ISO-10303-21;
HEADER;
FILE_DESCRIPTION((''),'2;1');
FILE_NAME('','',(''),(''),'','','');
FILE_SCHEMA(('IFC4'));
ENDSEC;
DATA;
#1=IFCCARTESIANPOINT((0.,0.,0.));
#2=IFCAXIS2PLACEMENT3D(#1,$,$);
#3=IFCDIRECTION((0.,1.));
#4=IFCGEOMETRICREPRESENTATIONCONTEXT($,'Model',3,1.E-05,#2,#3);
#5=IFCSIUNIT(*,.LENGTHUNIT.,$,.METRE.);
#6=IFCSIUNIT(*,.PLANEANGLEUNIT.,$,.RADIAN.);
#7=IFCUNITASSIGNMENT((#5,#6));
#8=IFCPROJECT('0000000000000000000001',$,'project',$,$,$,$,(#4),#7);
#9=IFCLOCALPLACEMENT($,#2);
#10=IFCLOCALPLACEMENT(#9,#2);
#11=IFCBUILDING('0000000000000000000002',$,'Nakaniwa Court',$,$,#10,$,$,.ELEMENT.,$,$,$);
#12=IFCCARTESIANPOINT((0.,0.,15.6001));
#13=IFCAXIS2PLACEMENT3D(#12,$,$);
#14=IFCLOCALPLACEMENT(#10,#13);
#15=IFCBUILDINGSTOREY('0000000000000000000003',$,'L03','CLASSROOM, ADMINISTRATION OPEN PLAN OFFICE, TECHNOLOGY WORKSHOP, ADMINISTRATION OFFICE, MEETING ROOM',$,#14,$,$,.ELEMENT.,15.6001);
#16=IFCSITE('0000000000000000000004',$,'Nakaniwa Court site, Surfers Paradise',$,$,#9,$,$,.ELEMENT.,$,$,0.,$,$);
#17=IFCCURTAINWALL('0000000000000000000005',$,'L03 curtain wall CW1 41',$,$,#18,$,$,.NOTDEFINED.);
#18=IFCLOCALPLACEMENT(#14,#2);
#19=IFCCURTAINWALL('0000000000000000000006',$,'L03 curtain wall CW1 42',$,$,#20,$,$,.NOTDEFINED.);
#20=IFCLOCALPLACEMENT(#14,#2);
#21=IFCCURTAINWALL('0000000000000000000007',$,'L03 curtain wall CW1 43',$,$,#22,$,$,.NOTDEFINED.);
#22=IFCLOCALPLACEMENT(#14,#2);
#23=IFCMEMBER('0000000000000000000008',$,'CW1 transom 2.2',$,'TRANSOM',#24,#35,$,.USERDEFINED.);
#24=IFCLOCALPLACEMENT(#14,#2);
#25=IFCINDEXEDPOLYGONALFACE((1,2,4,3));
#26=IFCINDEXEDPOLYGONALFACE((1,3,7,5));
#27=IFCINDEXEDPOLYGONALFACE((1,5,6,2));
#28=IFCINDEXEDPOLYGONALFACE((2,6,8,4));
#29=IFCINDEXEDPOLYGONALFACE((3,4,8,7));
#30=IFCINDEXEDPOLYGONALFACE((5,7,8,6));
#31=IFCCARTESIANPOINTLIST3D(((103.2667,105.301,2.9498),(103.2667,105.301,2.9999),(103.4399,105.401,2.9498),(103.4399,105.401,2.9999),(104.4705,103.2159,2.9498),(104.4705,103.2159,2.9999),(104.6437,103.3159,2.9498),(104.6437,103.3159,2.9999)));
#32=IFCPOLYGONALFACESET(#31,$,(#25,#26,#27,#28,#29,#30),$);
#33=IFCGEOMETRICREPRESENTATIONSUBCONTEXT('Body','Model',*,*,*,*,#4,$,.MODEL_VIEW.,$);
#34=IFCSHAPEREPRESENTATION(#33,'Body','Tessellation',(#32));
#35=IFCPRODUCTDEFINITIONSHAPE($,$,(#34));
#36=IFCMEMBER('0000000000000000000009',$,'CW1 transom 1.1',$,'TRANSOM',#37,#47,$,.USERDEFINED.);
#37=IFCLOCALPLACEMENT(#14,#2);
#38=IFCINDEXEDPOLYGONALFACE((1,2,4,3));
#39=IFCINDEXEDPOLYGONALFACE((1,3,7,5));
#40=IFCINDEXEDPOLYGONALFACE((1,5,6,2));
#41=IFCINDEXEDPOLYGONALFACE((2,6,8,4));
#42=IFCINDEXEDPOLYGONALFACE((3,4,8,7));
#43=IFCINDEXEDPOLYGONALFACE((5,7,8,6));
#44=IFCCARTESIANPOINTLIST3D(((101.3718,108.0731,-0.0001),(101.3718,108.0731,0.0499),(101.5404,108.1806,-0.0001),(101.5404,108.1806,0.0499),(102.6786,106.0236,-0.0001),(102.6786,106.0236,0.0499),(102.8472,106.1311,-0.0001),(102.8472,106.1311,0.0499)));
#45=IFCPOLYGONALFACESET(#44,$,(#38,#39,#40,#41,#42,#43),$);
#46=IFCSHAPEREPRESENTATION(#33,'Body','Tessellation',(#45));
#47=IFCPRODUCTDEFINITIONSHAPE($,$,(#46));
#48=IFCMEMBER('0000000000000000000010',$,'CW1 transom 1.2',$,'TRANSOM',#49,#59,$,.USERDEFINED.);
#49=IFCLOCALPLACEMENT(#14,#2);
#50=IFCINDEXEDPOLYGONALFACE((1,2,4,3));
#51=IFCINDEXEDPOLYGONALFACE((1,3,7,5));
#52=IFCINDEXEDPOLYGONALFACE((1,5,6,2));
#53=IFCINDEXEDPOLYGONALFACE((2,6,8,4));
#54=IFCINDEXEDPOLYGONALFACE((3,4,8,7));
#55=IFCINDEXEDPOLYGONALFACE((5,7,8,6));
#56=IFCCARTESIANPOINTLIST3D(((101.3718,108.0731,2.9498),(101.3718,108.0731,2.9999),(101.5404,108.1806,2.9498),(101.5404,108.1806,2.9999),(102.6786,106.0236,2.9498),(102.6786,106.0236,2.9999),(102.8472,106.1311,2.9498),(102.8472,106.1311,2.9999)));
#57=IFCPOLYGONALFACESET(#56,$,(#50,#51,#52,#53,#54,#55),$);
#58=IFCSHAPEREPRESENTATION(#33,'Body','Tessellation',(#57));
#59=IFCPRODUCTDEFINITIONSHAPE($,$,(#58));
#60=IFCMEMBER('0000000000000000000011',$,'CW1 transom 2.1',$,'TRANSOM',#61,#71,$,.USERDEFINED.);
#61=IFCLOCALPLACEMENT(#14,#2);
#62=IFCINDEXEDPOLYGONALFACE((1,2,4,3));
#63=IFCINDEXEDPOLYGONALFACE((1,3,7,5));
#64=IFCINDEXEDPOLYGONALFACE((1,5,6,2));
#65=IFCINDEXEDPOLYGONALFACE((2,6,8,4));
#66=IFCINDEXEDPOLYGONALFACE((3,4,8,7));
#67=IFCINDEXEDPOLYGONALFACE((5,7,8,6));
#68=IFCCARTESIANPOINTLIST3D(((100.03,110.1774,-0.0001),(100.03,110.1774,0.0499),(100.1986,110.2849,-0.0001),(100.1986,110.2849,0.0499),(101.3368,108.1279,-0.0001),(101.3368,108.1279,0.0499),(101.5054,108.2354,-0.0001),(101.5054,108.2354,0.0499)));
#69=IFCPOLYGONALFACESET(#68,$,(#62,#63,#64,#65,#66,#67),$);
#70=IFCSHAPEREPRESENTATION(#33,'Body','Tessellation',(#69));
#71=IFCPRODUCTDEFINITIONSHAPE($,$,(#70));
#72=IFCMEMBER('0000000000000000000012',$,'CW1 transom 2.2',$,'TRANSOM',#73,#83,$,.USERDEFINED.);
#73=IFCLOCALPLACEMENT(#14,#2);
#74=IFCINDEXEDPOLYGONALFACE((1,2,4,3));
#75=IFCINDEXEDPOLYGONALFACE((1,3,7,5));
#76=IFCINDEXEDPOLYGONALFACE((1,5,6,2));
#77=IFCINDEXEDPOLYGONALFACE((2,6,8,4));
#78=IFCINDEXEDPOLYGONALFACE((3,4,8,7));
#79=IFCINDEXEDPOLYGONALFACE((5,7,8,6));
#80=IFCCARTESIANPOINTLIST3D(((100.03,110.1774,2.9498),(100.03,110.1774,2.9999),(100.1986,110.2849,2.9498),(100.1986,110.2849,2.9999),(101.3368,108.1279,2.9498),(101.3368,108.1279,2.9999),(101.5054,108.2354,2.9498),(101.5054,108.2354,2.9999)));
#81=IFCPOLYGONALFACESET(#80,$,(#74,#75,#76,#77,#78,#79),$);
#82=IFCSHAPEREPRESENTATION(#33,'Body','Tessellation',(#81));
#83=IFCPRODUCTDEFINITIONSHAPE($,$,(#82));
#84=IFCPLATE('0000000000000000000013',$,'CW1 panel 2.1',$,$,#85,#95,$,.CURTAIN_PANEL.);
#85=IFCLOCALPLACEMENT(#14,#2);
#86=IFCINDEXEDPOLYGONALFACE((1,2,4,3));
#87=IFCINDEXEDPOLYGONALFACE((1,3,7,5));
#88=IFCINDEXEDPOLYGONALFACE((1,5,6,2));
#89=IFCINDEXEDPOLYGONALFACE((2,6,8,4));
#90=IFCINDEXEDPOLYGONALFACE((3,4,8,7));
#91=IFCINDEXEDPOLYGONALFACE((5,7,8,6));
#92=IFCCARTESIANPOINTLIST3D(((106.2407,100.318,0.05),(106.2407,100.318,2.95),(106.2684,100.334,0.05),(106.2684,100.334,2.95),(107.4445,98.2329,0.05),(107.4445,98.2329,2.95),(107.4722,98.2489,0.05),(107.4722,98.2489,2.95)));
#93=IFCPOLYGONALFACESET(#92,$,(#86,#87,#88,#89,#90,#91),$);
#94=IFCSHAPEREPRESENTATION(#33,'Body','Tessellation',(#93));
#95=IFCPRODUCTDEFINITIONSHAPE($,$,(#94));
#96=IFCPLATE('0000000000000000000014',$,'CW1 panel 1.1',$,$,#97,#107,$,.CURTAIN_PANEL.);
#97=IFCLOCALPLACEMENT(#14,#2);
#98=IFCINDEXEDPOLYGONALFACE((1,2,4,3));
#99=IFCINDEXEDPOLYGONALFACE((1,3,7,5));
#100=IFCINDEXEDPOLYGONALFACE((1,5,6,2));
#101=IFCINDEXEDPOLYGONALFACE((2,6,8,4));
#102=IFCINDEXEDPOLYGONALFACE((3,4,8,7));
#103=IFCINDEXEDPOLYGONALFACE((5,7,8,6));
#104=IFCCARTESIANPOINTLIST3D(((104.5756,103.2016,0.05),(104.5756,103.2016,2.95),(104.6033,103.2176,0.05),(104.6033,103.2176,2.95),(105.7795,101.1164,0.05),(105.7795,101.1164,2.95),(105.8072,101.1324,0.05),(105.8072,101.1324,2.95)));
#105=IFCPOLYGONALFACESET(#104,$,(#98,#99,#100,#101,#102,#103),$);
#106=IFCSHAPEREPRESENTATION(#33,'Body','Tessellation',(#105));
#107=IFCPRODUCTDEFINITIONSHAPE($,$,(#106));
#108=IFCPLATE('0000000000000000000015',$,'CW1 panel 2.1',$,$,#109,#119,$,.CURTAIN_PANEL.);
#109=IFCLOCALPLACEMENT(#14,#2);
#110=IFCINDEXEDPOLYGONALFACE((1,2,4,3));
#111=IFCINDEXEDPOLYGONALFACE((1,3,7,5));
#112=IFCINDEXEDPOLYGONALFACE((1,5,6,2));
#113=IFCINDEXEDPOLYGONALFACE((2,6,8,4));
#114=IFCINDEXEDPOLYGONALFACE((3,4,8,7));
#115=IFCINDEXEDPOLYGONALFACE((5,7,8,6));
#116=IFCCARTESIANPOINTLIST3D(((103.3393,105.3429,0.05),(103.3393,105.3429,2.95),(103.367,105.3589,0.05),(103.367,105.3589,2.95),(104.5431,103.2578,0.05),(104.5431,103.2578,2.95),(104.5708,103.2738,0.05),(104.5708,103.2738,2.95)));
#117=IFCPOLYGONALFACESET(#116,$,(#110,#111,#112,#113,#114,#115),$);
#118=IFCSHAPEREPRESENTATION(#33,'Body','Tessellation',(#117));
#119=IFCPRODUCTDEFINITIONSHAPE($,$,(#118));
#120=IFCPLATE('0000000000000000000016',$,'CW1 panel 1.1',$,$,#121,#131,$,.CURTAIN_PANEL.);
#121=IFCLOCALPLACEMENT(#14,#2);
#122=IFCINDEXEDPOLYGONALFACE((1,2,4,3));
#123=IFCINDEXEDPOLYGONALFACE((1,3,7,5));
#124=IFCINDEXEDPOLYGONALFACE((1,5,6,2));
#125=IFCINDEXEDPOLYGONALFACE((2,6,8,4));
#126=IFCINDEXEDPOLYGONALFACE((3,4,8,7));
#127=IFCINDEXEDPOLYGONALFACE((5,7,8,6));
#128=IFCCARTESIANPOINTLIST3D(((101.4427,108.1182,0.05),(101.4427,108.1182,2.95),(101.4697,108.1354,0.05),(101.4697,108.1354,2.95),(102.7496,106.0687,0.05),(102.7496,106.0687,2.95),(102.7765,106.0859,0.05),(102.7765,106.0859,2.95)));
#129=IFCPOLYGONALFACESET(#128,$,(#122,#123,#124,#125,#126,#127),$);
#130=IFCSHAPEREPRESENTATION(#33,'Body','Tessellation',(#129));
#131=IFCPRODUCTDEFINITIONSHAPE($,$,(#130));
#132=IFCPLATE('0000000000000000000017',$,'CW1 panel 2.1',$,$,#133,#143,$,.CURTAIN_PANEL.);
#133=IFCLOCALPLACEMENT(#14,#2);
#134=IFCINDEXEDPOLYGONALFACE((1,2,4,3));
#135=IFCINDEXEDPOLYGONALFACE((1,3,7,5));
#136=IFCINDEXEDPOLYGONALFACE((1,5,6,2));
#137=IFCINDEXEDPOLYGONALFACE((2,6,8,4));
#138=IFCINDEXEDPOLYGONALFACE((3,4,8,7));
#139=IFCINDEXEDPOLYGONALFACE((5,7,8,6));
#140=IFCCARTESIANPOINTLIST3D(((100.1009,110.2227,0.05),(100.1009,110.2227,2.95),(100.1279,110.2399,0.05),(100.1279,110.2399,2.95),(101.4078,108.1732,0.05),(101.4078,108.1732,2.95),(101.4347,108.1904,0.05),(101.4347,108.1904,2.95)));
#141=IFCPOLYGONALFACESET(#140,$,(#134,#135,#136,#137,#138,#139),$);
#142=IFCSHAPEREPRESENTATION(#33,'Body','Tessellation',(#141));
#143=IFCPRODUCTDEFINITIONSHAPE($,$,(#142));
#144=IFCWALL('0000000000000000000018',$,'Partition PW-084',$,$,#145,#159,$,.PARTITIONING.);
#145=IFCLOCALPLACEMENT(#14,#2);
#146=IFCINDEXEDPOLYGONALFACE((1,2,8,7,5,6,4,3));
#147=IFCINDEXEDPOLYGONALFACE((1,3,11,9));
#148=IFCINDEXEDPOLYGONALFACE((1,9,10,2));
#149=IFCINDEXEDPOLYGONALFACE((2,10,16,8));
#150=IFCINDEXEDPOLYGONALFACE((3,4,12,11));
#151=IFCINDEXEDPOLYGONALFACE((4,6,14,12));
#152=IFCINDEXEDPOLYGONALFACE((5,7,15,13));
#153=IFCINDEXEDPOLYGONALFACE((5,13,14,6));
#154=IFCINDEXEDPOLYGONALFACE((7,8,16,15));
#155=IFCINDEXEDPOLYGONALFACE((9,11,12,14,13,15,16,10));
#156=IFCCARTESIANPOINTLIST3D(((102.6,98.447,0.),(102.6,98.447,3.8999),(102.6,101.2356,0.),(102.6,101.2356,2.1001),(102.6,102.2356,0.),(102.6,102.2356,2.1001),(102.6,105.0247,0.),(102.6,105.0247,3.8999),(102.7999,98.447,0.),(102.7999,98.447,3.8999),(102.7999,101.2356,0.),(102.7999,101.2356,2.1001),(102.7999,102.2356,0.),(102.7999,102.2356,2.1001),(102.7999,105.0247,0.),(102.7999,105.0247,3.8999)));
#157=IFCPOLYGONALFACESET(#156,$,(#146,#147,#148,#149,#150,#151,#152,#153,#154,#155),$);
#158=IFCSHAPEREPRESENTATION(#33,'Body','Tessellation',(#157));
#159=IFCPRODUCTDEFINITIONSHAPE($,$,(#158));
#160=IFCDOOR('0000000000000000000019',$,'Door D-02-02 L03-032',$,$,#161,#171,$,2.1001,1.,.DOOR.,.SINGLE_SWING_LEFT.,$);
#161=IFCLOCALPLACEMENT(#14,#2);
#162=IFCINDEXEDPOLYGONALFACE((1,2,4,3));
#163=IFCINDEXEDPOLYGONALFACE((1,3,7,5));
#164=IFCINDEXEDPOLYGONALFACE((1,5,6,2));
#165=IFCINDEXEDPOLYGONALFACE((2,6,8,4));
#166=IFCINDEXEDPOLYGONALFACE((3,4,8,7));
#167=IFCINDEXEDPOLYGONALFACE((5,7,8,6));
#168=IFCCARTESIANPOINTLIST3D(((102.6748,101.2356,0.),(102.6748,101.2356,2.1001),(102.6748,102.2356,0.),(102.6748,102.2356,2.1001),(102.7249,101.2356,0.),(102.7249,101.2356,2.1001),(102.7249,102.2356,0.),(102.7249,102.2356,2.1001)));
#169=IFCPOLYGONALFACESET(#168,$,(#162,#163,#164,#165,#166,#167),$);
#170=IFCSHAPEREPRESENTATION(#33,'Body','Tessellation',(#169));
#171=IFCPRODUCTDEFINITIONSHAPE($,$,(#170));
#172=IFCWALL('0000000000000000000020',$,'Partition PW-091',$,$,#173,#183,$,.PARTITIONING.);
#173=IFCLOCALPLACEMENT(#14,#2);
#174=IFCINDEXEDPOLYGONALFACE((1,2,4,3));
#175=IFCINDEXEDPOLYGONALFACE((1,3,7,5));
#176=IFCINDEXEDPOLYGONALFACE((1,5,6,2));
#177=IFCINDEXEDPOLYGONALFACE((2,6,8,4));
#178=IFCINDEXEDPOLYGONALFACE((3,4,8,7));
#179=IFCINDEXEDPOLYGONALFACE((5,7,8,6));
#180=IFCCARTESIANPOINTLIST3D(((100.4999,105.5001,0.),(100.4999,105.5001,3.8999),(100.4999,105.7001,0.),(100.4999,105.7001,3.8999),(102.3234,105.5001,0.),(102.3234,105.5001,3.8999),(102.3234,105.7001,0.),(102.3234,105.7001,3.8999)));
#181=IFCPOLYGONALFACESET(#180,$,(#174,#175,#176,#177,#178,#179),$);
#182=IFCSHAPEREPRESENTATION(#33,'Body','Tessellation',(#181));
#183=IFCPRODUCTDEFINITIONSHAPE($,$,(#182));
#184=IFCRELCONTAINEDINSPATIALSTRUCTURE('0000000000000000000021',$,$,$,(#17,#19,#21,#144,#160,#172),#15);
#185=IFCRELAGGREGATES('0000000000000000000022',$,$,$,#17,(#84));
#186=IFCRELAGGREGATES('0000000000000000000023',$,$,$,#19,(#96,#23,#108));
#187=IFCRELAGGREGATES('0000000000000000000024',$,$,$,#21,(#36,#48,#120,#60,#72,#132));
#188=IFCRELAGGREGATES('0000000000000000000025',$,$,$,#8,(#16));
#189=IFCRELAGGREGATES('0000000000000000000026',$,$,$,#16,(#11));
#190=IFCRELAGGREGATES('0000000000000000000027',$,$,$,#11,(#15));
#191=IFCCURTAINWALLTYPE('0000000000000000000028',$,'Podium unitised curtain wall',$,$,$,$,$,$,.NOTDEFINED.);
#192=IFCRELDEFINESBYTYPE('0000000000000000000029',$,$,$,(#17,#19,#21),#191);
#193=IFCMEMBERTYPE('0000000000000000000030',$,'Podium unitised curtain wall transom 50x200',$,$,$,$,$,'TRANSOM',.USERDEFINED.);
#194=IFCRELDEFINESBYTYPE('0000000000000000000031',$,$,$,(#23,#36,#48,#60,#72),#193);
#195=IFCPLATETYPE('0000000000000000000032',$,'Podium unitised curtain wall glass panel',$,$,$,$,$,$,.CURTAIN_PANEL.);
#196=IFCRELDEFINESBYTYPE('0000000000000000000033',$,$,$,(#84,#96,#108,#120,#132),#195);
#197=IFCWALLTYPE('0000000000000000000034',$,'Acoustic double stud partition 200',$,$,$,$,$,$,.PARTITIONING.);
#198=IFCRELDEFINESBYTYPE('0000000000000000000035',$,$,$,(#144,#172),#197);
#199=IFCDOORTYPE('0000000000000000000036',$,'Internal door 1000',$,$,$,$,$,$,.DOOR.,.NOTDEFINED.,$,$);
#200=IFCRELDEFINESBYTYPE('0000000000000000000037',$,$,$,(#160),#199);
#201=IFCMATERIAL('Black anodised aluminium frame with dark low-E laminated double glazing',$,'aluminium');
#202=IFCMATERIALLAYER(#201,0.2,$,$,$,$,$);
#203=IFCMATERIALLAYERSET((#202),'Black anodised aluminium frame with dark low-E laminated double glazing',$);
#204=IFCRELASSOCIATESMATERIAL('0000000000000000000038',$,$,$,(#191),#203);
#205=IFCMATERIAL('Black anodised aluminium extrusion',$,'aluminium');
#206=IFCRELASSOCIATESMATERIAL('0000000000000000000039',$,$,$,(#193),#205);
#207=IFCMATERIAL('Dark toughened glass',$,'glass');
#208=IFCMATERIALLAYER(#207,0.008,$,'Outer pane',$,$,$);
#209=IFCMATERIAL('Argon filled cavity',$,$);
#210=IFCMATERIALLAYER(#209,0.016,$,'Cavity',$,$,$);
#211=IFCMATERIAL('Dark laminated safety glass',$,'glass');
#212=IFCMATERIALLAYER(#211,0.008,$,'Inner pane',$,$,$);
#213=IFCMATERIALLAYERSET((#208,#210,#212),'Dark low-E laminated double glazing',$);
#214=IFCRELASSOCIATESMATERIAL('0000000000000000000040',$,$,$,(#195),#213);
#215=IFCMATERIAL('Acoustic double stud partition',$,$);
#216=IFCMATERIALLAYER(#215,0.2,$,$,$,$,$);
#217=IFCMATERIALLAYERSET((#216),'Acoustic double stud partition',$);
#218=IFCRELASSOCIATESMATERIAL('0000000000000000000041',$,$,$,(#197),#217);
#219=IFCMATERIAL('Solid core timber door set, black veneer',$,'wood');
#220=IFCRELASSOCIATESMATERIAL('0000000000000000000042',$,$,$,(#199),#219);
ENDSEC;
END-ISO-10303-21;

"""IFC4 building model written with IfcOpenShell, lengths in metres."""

from ifc_helpers import new_model, si_unit, direction, frame, frame_2d, origin, origin_2d, place, context, subcontext, project, spatial, rectangle, extrude, material, layer, layer_set, material_profile, profile_set, type_object, element, fill, aggregate, save


model = new_model("IFC4")

# Units and contexts
model_context = context("Model", 3, precision=1e-05, world=origin(), true_north=direction((0.0, 1.0)))
body_context = subcontext(model_context, "Body", "Model", "MODEL_VIEW")
ifc_project = project(units=[si_unit("LENGTHUNIT", "METRE"), si_unit("PLANEANGLEUNIT", "RADIAN")], contexts=[model_context])

# Site, building, storey
site_placement = place(None, origin())
site = spatial("IfcSite", under=ifc_project, at=site_placement, Name="Nakaniwa Court site, Surfers Paradise", CompositionType="ELEMENT", RefElevation=0.0)
building_placement = place(site_placement, origin())
building = spatial("IfcBuilding", under=site, at=building_placement, Name="Nakaniwa Court", CompositionType="ELEMENT")
storey_placement = place(building_placement, frame((0.0, 0.0, 15.6001)))
storey = spatial("IfcBuildingStorey", under=building, at=storey_placement, Name="L03", Description="CLASSROOM, ADMINISTRATION OPEN PLAN OFFICE, TECHNOLOGY WORKSHOP, ADMINISTRATION OFFICE, MEETING ROOM", CompositionType="ELEMENT", Elevation=15.6001)

# Curtain wall
ifc_material_1 = material(Name="Black anodised aluminium frame with dark low-E laminated double glazing", Category="aluminium")
ifc_layer_1 = layer(ifc_material_1, 0.2)
ifc_layer_set_1 = layer_set([ifc_layer_1], Name="Black anodised aluminium frame with dark low-E laminated double glazing")
curtain_wall_type = type_object("IfcCurtainWallType", Name="Podium unitised curtain wall", PredefinedType="NOTDEFINED", material=ifc_layer_set_1)
curtain_wall_1_placement = place(storey_placement, origin())
curtain_wall_1 = element("IfcCurtainWall", 1, at=curtain_wall_1_placement, inside=storey, type_object=curtain_wall_type, Name="L03 curtain wall CW1 41", PredefinedType="NOTDEFINED")
ifc_material_2 = material(Name="Black anodised aluminium extrusion", Category="aluminium")

# Curtain walls
curtain_wall_2_placement = place(storey_placement, origin())
curtain_wall_2 = element("IfcCurtainWall", 2, at=curtain_wall_2_placement, inside=storey, type_object=curtain_wall_type, Name="L03 curtain wall CW1 42", PredefinedType="NOTDEFINED")
curtain_wall_3_placement = place(storey_placement, origin())
curtain_wall_3 = element("IfcCurtainWall", 3, at=curtain_wall_3_placement, inside=storey, type_object=curtain_wall_type, Name="L03 curtain wall CW1 43", PredefinedType="NOTDEFINED")

# Members
ifc_material_profile_1 = material_profile(ifc_material_2, rectangle(XDim=0.2, YDim=0.05, at=origin_2d()), Name="Podium unitised curtain wall transom 50x200")
ifc_profile_set_1 = profile_set([ifc_material_profile_1], Name="Black anodised aluminium extrusion")
member_type_1 = type_object("IfcMemberType", Name="Podium unitised curtain wall transom 50x200", ElementType="TRANSOM", PredefinedType="USERDEFINED", material=ifc_profile_set_1)
member_1_placement = place(storey_placement, frame((104.5571, 103.2659, 2.9749), z_axis=(-0.499989, 0.866032, 0.0), x_axis=(-0.866032, -0.499989, 0.0)))
member_1 = element("IfcMember", 4, at=member_1_placement, type_object=member_type_1, Name="CW1 transom 2.2", ObjectType="TRANSOM", PredefinedType="USERDEFINED", context=body_context, shape_type="SweptSolid", body=[
    extrude(rectangle(XDim=0.2, YDim=0.05, at=origin_2d()), origin(), (0.0, 0.0, 1.0), 2.4077),
])
member_2_placement = place(storey_placement, frame((102.7629, 106.0774, 0.0249), z_axis=(-0.537642, 0.843173, 0.0), x_axis=(-0.843173, -0.537642, 0.0)))
member_2 = element("IfcMember", 5, at=member_2_placement, type_object=member_type_1, Name="CW1 transom 1.1", ObjectType="TRANSOM", PredefinedType="USERDEFINED", context=body_context, shape_type="SweptSolid", body=[
    extrude(rectangle(XDim=0.2, YDim=0.05, at=origin_2d()), origin(), (0.0, 0.0, 1.0), 2.4307),
])
member_3_placement = place(storey_placement, frame((102.7629, 106.0774, 2.9749), z_axis=(-0.537642, 0.843173, 0.0), x_axis=(-0.843173, -0.537642, 0.0)))
member_3 = element("IfcMember", 6, at=member_3_placement, type_object=member_type_1, Name="CW1 transom 1.2", ObjectType="TRANSOM", PredefinedType="USERDEFINED", context=body_context, shape_type="SweptSolid", body=[
    extrude(rectangle(XDim=0.2, YDim=0.05, at=origin_2d()), origin(), (0.0, 0.0, 1.0), 2.4307),
])
member_4_placement = place(storey_placement, frame((101.4211, 108.1816, 0.0249), z_axis=(-0.537642, 0.843173, 0.0), x_axis=(-0.843173, -0.537642, 0.0)))
member_4 = element("IfcMember", 7, at=member_4_placement, type_object=member_type_1, Name="CW1 transom 2.1", ObjectType="TRANSOM", PredefinedType="USERDEFINED", context=body_context, shape_type="SweptSolid", body=[
    extrude(rectangle(XDim=0.2, YDim=0.05, at=origin_2d()), origin(), (0.0, 0.0, 1.0), 2.4307),
])
member_5_placement = place(storey_placement, frame((101.4211, 108.1816, 2.9749), z_axis=(-0.537642, 0.843173, 0.0), x_axis=(-0.843173, -0.537642, 0.0)))
member_5 = element("IfcMember", 8, at=member_5_placement, type_object=member_type_1, Name="CW1 transom 2.2", ObjectType="TRANSOM", PredefinedType="USERDEFINED", context=body_context, shape_type="SweptSolid", body=[
    extrude(rectangle(XDim=0.2, YDim=0.05, at=origin_2d()), origin(), (0.0, 0.0, 1.0), 2.4307),
])

# Plates
ifc_material_3 = material(Name="Dark toughened glass", Category="glass")
ifc_layer_2 = layer(ifc_material_3, 0.008, Name="Outer pane")
ifc_material_4 = material(Name="Argon filled cavity")
ifc_layer_3 = layer(ifc_material_4, 0.016, Name="Cavity")
ifc_material_5 = material(Name="Dark laminated safety glass", Category="glass")
ifc_layer_4 = layer(ifc_material_5, 0.008, Name="Inner pane")
ifc_layer_set_2 = layer_set([ifc_layer_2, ifc_layer_3, ifc_layer_4], Name="Dark low-E laminated double glazing")
plate_type = type_object("IfcPlateType", Name="Podium unitised curtain wall glass panel", PredefinedType="CURTAIN_PANEL", material=ifc_layer_set_2)
plate_1_placement = place(storey_placement, frame((106.8564, 99.2834, 0.05), z_axis=(0.0, 0.0, 1.0), x_axis=(-0.499994, 0.866029, 0.0)))
plate_1 = element("IfcPlate", 9, at=plate_1_placement, type_object=plate_type, Name="CW1 panel 2.1", PredefinedType="CURTAIN_PANEL", context=body_context, shape_type="SweptSolid", body=[
    extrude(rectangle(XDim=2.4077, YDim=0.032, at=origin_2d()), origin(), (0.0, 0.0, 1.0), 2.8999),
])
aggregate(curtain_wall_1, [plate_1])
plate_2_placement = place(storey_placement, frame((105.1914, 102.167, 0.05), z_axis=(0.0, 0.0, 1.0), x_axis=(-0.499988, 0.866032, 0.0)))
plate_2 = element("IfcPlate", 10, at=plate_2_placement, type_object=plate_type, Name="CW1 panel 1.1", PredefinedType="CURTAIN_PANEL", context=body_context, shape_type="SweptSolid", body=[
    extrude(rectangle(XDim=2.4077, YDim=0.032, at=origin_2d()), origin(), (0.0, 0.0, 1.0), 2.8999),
])
plate_3_placement = place(storey_placement, frame((103.9551, 104.3083, 0.05), z_axis=(0.0, 0.0, 1.0), x_axis=(-0.499988, 0.866032, 0.0)))
plate_3 = element("IfcPlate", 11, at=plate_3_placement, type_object=plate_type, Name="CW1 panel 2.1", PredefinedType="CURTAIN_PANEL", context=body_context, shape_type="SweptSolid", body=[
    extrude(rectangle(XDim=2.4077, YDim=0.032, at=origin_2d()), origin(), (0.0, 0.0, 1.0), 2.8999),
])
aggregate(curtain_wall_2, [plate_2, member_1, plate_3])
plate_4_placement = place(storey_placement, frame((102.1096, 107.1021, 0.05), z_axis=(0.0, 0.0, 1.0), x_axis=(-0.537644, 0.843172, 0.0)))
plate_4 = element("IfcPlate", 12, at=plate_4_placement, type_object=plate_type, Name="CW1 panel 1.1", PredefinedType="CURTAIN_PANEL", context=body_context, shape_type="SweptSolid", body=[
    extrude(rectangle(XDim=2.4307, YDim=0.032, at=origin_2d()), origin(), (0.0, 0.0, 1.0), 2.8999),
])
plate_5_placement = place(storey_placement, frame((100.7678, 109.2065, 0.05), z_axis=(0.0, 0.0, 1.0), x_axis=(-0.537644, 0.843172, 0.0)))
plate_5 = element("IfcPlate", 13, at=plate_5_placement, type_object=plate_type, Name="CW1 panel 2.1", PredefinedType="CURTAIN_PANEL", context=body_context, shape_type="SweptSolid", body=[
    extrude(rectangle(XDim=2.4307, YDim=0.032, at=origin_2d()), origin(), (0.0, 0.0, 1.0), 2.8999),
])
aggregate(curtain_wall_3, [member_2, member_3, plate_4, member_4, member_5, plate_5])

# Wall, opening, door
ifc_material_6 = material(Name="Acoustic double stud partition")
ifc_layer_5 = layer(ifc_material_6, 0.2)
ifc_layer_set_3 = layer_set([ifc_layer_5], Name="Acoustic double stud partition")
wall_type_1 = type_object("IfcWallType", Name="Acoustic double stud partition 200", PredefinedType="PARTITIONING", material=ifc_layer_set_3)
wall_1_placement = place(storey_placement, frame((102.7, 105.0247, 0.0), z_axis=(0.0, 0.0, 1.0), x_axis=(0.0, -1.0, 0.0)))
wall_1 = element("IfcWall", 14, at=wall_1_placement, inside=storey, type_object=wall_type_1, Name="Partition PW-084", PredefinedType="PARTITIONING", context=body_context, shape_type="SweptSolid", body=[
    extrude(rectangle(XDim=6.5776, YDim=0.2, at=frame_2d((3.2888, 0.0))), origin(), (0.0, 0.0, 1.0), 3.8999),
])
opening_placement = place(wall_1_placement, frame((2.7891, 0.0, 0.0)))
opening = element("IfcOpeningElement", 15, at=opening_placement, cuts=wall_1, PredefinedType="OPENING", context=body_context, shape_type="SweptSolid", body=[
    extrude(rectangle(XDim=1.0, YDim=2.1001, at=frame_2d((0.5, 1.05))), frame((0.0, 0.1099, 0.0), z_axis=(0.0, -1.0, 0.0), x_axis=(1.0, 0.0, 0.0)), (0.0, 0.0, 1.0), 0.22),
])
ifc_material_7 = material(Name="Solid core timber door set, black veneer", Category="wood")
door_type = type_object("IfcDoorType", Name="Internal door 1000", OperationType="NOTDEFINED", PredefinedType="DOOR", material=ifc_material_7)
door_placement = place(opening_placement, origin())
door = element("IfcDoor", 16, at=door_placement, inside=storey, type_object=door_type, Name="Door D-02-02 L03-032", OperationType="SINGLE_SWING_LEFT", OverallHeight=2.1001, OverallWidth=1.0, PredefinedType="DOOR", context=body_context, shape_type="SweptSolid", body=[
    extrude(rectangle(XDim=1.0, YDim=2.1001, at=frame_2d((0.5, 1.05))), frame((0.0, 0.0249, 0.0), z_axis=(0.0, -1.0, 0.0), x_axis=(1.0, 0.0, 0.0)), (0.0, 0.0, 1.0), 0.05),
])
fill(opening, door)

# Wall
wall_2_placement = place(storey_placement, frame((100.5, 105.6001, 0.0), z_axis=(0.0, 0.0, 1.0), x_axis=(1.0, 0.0, 0.0)))
element("IfcWall", 17, at=wall_2_placement, inside=storey, type_object=wall_type_1, Name="Partition PW-091", PredefinedType="PARTITIONING", context=body_context, shape_type="SweptSolid", body=[
    extrude(rectangle(XDim=1.8235, YDim=0.2, at=frame_2d((0.9116, 0.0))), origin(), (0.0, 0.0, 1.0), 3.8999),
])

save(model, "model.ifc")
